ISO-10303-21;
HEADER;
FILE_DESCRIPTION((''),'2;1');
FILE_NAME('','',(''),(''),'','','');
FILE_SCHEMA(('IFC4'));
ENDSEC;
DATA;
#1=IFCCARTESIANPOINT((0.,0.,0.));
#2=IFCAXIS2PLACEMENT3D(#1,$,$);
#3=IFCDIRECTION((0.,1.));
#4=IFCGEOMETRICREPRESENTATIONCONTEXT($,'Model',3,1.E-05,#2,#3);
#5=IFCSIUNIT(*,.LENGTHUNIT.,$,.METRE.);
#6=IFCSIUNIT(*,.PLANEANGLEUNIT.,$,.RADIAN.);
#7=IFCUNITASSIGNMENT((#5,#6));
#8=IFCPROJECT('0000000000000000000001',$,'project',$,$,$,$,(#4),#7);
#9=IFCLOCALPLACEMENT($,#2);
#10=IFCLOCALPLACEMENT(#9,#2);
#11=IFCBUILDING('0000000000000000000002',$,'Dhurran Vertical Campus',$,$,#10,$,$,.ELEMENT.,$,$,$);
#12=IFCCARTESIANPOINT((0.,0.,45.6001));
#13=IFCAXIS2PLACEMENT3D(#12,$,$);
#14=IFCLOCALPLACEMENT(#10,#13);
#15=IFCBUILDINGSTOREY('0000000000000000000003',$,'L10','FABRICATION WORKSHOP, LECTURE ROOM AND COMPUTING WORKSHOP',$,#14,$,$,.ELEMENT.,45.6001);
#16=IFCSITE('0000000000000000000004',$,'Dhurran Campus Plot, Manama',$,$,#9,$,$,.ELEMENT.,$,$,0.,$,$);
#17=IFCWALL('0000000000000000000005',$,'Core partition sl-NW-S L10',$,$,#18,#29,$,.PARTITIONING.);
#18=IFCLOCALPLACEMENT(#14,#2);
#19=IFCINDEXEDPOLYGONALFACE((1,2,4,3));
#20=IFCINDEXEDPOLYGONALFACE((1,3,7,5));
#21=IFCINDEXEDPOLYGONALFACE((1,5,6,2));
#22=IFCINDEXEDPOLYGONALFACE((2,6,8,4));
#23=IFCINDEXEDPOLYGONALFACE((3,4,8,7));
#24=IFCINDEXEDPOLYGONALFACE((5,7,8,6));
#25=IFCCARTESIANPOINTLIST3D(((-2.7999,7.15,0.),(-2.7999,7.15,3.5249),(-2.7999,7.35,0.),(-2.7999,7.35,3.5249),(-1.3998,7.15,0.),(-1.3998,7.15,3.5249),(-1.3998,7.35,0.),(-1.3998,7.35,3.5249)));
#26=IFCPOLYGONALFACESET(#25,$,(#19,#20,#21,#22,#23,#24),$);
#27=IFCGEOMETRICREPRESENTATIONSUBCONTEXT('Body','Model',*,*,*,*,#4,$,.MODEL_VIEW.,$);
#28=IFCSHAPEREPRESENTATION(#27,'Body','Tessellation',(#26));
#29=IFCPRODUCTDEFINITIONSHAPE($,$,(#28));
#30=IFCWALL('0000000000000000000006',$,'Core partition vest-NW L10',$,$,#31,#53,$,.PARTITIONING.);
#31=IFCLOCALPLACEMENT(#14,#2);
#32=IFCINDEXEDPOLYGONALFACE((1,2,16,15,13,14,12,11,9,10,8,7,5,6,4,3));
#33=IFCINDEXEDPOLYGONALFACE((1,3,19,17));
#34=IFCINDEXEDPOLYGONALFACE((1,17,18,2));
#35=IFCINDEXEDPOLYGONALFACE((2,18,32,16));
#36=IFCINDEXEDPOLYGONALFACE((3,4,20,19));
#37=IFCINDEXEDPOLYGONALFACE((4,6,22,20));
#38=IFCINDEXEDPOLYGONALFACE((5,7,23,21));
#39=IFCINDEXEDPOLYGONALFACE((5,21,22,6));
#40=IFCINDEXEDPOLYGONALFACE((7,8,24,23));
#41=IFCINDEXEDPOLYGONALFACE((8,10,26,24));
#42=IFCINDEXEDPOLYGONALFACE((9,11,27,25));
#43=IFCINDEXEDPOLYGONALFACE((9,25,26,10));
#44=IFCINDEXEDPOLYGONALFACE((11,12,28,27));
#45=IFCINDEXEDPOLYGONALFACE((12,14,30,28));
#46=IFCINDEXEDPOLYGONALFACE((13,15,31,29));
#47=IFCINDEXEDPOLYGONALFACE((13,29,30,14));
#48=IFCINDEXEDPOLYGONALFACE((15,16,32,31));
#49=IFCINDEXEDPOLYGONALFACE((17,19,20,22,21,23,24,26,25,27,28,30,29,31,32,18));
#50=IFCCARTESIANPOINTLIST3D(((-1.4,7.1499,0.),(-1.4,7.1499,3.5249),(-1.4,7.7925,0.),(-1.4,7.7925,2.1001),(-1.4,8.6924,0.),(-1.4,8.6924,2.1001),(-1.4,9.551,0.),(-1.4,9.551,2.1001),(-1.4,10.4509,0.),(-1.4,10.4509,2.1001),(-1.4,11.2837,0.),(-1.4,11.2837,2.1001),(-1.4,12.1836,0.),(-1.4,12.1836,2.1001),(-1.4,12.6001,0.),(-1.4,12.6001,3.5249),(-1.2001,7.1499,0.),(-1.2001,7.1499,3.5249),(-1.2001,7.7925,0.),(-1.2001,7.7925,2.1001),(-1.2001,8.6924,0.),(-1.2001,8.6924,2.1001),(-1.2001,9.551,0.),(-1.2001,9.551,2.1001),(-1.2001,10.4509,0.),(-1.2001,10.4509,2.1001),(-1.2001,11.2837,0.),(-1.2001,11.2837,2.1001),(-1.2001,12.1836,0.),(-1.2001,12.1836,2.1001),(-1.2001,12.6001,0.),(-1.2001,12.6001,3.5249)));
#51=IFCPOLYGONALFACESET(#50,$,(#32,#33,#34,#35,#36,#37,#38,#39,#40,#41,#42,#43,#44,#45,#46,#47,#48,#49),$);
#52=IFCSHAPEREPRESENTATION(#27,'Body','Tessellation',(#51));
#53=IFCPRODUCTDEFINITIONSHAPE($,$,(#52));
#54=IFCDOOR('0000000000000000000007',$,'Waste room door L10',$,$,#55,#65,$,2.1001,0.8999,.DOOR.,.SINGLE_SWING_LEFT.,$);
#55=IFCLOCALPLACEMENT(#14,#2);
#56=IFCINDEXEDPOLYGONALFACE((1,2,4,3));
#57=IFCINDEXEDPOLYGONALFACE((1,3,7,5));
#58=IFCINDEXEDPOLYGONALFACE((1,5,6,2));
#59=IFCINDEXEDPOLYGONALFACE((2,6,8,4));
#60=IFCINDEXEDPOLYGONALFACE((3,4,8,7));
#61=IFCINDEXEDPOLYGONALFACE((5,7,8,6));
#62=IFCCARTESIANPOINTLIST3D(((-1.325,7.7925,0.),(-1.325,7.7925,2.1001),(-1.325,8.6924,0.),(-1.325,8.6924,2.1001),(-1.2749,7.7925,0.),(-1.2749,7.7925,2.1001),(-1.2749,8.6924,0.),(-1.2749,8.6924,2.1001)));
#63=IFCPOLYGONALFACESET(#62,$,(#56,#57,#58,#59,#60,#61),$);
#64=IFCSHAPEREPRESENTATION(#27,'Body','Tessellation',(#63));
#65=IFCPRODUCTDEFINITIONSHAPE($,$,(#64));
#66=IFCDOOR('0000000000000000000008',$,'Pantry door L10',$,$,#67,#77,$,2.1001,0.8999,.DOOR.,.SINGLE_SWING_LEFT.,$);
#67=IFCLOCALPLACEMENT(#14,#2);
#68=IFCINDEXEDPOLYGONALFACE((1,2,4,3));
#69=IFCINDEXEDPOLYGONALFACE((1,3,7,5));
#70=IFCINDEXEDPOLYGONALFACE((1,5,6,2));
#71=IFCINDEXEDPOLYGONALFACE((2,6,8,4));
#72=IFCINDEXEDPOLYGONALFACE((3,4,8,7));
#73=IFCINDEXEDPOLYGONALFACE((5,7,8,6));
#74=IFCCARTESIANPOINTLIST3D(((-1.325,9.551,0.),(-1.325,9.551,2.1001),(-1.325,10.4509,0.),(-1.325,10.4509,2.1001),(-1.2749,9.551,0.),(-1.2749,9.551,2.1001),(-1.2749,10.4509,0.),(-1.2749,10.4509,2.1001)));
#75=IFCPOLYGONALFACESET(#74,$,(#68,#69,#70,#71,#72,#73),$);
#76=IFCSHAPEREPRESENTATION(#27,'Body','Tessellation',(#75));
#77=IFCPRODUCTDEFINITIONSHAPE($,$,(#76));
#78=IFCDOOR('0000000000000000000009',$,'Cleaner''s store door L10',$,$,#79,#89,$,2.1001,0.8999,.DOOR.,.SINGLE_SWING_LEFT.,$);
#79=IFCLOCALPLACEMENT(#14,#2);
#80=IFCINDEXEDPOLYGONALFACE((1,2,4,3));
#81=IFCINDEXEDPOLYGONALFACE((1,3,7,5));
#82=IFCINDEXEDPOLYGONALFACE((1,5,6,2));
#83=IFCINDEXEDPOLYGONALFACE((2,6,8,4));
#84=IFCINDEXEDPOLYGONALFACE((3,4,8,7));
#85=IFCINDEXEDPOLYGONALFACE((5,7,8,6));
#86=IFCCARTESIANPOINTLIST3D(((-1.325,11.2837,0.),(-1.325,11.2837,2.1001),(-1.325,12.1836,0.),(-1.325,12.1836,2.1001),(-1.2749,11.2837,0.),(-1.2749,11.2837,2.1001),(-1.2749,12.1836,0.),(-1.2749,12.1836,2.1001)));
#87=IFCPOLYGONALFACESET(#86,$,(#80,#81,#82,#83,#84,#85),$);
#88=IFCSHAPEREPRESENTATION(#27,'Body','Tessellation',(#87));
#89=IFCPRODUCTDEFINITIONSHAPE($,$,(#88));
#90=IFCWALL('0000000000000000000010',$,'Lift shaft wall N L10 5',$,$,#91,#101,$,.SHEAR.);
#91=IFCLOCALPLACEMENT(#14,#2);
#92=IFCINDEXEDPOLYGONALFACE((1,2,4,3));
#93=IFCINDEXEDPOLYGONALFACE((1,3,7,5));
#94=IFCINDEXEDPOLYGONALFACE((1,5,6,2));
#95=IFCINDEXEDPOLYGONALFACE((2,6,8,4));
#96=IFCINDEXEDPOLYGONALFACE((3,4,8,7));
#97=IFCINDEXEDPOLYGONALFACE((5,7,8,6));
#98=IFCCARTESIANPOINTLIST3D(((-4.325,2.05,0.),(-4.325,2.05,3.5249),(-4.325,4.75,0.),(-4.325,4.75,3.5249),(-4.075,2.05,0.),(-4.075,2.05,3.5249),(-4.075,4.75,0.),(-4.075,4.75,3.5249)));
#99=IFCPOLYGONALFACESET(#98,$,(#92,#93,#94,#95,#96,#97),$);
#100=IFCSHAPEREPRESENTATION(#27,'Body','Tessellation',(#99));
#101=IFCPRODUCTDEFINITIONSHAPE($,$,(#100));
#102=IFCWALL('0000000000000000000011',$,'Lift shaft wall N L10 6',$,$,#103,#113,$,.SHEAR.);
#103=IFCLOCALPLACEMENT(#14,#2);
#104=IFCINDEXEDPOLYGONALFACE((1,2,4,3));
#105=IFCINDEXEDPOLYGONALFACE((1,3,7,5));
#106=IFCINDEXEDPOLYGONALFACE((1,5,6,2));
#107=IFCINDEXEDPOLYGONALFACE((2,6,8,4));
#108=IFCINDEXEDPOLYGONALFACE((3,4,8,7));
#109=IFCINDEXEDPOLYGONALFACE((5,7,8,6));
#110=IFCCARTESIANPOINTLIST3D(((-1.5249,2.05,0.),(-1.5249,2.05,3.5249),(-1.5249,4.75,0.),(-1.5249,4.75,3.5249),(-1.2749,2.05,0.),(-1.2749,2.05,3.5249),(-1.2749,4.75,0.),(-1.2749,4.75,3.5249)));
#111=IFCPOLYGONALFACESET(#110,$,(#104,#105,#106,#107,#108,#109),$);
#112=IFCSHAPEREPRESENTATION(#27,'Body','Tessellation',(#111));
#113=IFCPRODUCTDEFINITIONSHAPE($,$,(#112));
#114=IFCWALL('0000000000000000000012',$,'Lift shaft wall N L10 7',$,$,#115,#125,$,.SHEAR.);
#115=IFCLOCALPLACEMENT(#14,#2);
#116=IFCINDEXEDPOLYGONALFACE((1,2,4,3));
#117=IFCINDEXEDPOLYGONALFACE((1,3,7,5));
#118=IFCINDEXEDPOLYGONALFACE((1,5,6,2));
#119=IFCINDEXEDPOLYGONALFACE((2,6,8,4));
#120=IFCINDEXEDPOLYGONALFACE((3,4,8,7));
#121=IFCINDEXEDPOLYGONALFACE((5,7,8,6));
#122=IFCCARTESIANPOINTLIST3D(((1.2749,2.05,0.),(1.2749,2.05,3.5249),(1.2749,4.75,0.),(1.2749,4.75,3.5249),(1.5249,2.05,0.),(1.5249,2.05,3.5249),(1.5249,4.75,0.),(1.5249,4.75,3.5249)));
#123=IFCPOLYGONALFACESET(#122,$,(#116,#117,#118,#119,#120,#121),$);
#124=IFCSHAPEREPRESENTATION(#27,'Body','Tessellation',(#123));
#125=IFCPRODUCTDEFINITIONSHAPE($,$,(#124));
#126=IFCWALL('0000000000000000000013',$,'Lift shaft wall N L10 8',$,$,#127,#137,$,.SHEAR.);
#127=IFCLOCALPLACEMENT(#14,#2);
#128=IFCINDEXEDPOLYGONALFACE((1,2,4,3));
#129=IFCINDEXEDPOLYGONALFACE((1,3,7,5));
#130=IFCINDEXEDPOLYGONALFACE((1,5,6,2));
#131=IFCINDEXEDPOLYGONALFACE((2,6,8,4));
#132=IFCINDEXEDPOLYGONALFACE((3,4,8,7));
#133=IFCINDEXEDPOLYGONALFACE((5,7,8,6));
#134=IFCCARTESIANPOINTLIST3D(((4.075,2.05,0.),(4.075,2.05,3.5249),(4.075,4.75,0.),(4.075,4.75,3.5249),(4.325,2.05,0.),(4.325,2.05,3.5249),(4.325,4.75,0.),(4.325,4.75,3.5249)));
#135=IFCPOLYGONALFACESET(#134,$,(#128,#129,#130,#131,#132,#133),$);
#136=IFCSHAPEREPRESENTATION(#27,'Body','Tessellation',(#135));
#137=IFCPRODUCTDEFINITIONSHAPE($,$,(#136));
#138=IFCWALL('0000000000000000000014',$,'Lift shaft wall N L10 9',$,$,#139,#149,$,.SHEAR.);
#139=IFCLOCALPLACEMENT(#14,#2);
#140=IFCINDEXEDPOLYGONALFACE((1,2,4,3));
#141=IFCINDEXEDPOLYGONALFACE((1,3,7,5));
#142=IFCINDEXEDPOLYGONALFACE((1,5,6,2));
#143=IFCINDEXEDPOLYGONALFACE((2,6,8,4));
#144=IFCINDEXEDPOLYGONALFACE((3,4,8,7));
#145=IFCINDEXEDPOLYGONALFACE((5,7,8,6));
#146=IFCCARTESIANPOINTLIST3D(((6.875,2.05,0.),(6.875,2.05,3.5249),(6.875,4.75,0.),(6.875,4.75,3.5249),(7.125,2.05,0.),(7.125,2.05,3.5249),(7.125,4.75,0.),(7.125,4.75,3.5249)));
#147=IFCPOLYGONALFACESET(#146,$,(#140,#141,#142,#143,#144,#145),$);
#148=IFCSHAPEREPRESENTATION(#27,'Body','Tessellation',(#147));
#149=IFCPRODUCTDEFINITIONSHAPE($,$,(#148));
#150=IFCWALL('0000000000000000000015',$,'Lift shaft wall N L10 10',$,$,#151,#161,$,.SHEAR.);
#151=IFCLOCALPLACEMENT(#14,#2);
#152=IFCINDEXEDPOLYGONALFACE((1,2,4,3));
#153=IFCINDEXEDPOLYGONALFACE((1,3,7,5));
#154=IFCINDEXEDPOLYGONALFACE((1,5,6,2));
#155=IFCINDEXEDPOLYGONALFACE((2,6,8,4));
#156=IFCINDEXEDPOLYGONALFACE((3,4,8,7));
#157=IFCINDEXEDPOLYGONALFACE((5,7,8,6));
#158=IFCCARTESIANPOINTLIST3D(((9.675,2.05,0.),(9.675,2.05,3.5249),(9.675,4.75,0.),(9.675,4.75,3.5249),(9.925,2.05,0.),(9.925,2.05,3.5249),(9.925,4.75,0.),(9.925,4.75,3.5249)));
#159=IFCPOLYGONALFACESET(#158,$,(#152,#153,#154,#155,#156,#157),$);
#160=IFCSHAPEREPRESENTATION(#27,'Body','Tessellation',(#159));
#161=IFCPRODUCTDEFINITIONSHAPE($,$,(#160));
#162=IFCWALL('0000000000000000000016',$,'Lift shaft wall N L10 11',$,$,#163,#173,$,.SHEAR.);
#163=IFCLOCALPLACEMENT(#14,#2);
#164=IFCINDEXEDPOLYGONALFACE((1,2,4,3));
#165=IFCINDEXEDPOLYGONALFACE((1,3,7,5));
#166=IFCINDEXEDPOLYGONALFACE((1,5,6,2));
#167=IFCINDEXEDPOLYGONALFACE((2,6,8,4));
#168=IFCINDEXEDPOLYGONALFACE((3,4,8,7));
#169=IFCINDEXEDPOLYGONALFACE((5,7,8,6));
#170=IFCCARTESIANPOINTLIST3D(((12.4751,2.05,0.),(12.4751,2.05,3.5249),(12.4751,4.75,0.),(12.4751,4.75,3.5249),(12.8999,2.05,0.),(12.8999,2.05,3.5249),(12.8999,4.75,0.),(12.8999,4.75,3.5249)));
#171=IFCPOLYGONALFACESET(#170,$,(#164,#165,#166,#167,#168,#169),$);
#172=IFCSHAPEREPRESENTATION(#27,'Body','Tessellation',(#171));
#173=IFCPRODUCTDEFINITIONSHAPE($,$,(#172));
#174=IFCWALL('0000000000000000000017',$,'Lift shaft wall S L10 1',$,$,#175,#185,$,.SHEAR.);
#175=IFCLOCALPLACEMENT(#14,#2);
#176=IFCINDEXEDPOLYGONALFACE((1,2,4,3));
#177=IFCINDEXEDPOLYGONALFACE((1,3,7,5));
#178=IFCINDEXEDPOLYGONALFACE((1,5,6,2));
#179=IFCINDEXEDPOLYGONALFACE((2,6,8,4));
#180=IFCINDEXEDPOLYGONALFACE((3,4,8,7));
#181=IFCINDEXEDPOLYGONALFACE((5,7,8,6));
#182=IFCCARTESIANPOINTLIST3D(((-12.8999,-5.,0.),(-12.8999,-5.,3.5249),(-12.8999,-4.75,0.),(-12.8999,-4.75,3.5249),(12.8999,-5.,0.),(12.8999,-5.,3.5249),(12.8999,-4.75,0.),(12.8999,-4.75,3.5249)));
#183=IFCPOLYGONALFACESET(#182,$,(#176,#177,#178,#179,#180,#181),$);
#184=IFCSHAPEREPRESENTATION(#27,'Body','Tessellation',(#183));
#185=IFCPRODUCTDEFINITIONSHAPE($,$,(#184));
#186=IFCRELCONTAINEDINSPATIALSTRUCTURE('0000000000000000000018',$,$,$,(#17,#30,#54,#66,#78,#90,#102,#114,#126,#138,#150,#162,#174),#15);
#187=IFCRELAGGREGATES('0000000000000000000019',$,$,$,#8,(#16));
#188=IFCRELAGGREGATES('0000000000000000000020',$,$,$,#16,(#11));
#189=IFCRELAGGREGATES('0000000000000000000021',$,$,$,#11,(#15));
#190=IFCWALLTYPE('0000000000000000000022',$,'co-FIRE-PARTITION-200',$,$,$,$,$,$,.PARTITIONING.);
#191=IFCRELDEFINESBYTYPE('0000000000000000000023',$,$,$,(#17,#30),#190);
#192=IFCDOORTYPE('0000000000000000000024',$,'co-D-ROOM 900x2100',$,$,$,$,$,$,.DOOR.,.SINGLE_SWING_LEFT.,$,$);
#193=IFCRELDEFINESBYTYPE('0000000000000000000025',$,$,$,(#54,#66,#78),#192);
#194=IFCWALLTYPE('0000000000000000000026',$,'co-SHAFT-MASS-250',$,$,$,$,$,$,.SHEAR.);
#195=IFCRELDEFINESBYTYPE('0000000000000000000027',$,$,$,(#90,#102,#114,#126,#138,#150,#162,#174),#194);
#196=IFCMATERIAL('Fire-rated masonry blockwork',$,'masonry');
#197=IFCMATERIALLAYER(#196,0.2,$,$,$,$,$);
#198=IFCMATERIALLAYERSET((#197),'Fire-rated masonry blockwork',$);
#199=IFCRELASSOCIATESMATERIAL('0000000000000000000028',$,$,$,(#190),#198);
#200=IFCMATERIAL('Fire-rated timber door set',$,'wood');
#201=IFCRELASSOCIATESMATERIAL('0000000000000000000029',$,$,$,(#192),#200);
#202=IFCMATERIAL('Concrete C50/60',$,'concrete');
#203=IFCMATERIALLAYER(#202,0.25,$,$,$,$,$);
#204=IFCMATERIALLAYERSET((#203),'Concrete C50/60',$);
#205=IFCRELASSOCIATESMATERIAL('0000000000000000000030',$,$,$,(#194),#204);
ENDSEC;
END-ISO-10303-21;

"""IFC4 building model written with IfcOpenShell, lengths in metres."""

from ifc_helpers import new_model, si_unit, direction, frame, frame_2d, origin, place, context, subcontext, project, spatial, polyline, rectangle, outline, extrude, material, layer, layer_set, type_object, element, fill, save


model = new_model("IFC4")

# Units and contexts
model_context = context("Model", 3, precision=1e-05, world=origin(), true_north=direction((0.0, 1.0)))
body_context = subcontext(model_context, "Body", "Model", "MODEL_VIEW")
ifc_project = project(units=[si_unit("LENGTHUNIT", "METRE"), si_unit("PLANEANGLEUNIT", "RADIAN")], contexts=[model_context])

# Site, building, storey
site_placement = place(None, origin())
site = spatial("IfcSite", under=ifc_project, at=site_placement, Name="Dhurran Campus Plot, Manama", CompositionType="ELEMENT", RefElevation=0.0)
building_placement = place(site_placement, origin())
building = spatial("IfcBuilding", under=site, at=building_placement, Name="Dhurran Vertical Campus", CompositionType="ELEMENT")
storey_placement = place(building_placement, frame((0.0, 0.0, 45.6001)))
storey = spatial("IfcBuildingStorey", under=building, at=storey_placement, Name="L10", Description="FABRICATION WORKSHOP, LECTURE ROOM AND COMPUTING WORKSHOP", CompositionType="ELEMENT", Elevation=45.6001)

# Wall
ifc_material_1 = material(Name="Fire-rated masonry blockwork", Category="masonry")
ifc_layer_1 = layer(ifc_material_1, 0.2)
ifc_layer_set_1 = layer_set([ifc_layer_1], Name="Fire-rated masonry blockwork")
wall_type_1 = type_object("IfcWallType", Name="co-FIRE-PARTITION-200", PredefinedType="PARTITIONING", material=ifc_layer_set_1)
wall_1_placement = place(storey_placement, frame((-2.8, 7.25, 0.0), z_axis=(0.0, 0.0, 1.0), x_axis=(1.0, 0.0, 0.0)))
element("IfcWall", 1, at=wall_1_placement, inside=storey, type_object=wall_type_1, Name="Core partition sl-NW-S L10", PredefinedType="PARTITIONING", context=body_context, shape_type="SweptSolid", body=[
    extrude(rectangle(XDim=1.4001, YDim=0.2, at=frame_2d((0.7002, 0.0))), origin(), (0.0, 0.0, 1.0), 3.5249),
])

# Wall, openings, doors
wall_2_placement = place(storey_placement, frame((-1.3, 7.1499, 0.0), z_axis=(0.0, 0.0, 1.0), x_axis=(0.0, 1.0, 0.0)))
wall_2 = element("IfcWall", 2, at=wall_2_placement, inside=storey, type_object=wall_type_1, Name="Core partition vest-NW L10", PredefinedType="PARTITIONING", context=body_context, shape_type="SweptSolid", body=[
    extrude(rectangle(XDim=5.4502, YDim=0.2, at=frame_2d((2.7251, 0.0))), origin(), (0.0, 0.0, 1.0), 3.5249),
])
opening_1_placement = place(wall_2_placement, frame((0.6426, 0.0, 0.0)))
opening_1 = element("IfcOpeningElement", 3, at=opening_1_placement, cuts=wall_2, PredefinedType="OPENING", context=body_context, shape_type="SweptSolid", body=[
    extrude(rectangle(XDim=0.8999, YDim=2.1001, at=frame_2d((0.45, 1.05))), frame((0.0, 0.1099, 0.0), z_axis=(0.0, -1.0, 0.0), x_axis=(1.0, 0.0, 0.0)), (0.0, 0.0, 1.0), 0.22),
])
opening_2_placement = place(wall_2_placement, frame((2.4011, 0.0, 0.0)))
opening_2 = element("IfcOpeningElement", 4, at=opening_2_placement, cuts=wall_2, PredefinedType="OPENING", context=body_context, shape_type="SweptSolid", body=[
    extrude(rectangle(XDim=0.8999, YDim=2.1001, at=frame_2d((0.45, 1.05))), frame((0.0, 0.1099, 0.0), z_axis=(0.0, -1.0, 0.0), x_axis=(1.0, 0.0, 0.0)), (0.0, 0.0, 1.0), 0.22),
])
opening_3_placement = place(wall_2_placement, frame((4.1338, 0.0, 0.0)))
opening_3 = element("IfcOpeningElement", 5, at=opening_3_placement, cuts=wall_2, PredefinedType="OPENING", context=body_context, shape_type="SweptSolid", body=[
    extrude(rectangle(XDim=0.8999, YDim=2.1001, at=frame_2d((0.45, 1.05))), frame((0.0, 0.1099, 0.0), z_axis=(0.0, -1.0, 0.0), x_axis=(1.0, 0.0, 0.0)), (0.0, 0.0, 1.0), 0.22),
])
ifc_material_2 = material(Name="Fire-rated timber door set", Category="wood")
door_type_1 = type_object("IfcDoorType", Name="co-D-ROOM 900x2100", OperationType="SINGLE_SWING_LEFT", PredefinedType="DOOR", material=ifc_material_2)
door_1_placement = place(opening_1_placement, origin())
door_1 = element("IfcDoor", 6, at=door_1_placement, inside=storey, type_object=door_type_1, Name="Waste room door L10", OperationType="SINGLE_SWING_LEFT", OverallHeight=2.1001, OverallWidth=0.8999, PredefinedType="DOOR", context=body_context, shape_type="SweptSolid", body=[
    extrude(rectangle(XDim=0.8999, YDim=2.1001, at=frame_2d((0.45, 1.05))), frame((0.0, 0.0249, 0.0), z_axis=(0.0, -1.0, 0.0), x_axis=(1.0, 0.0, 0.0)), (0.0, 0.0, 1.0), 0.05),
])
fill(opening_1, door_1)
door_2_placement = place(opening_2_placement, origin())
door_2 = element("IfcDoor", 7, at=door_2_placement, inside=storey, type_object=door_type_1, Name="Pantry door L10", OperationType="SINGLE_SWING_LEFT", OverallHeight=2.1001, OverallWidth=0.8999, PredefinedType="DOOR", context=body_context, shape_type="SweptSolid", body=[
    extrude(rectangle(XDim=0.8999, YDim=2.1001, at=frame_2d((0.45, 1.05))), frame((0.0, 0.0249, 0.0), z_axis=(0.0, -1.0, 0.0), x_axis=(1.0, 0.0, 0.0)), (0.0, 0.0, 1.0), 0.05),
])
fill(opening_2, door_2)
door_3_placement = place(opening_3_placement, origin())
door_3 = element("IfcDoor", 8, at=door_3_placement, inside=storey, type_object=door_type_1, Name="Cleaner's store door L10", OperationType="SINGLE_SWING_LEFT", OverallHeight=2.1001, OverallWidth=0.8999, PredefinedType="DOOR", context=body_context, shape_type="SweptSolid", body=[
    extrude(rectangle(XDim=0.8999, YDim=2.1001, at=frame_2d((0.45, 1.05))), frame((0.0, 0.0249, 0.0), z_axis=(0.0, -1.0, 0.0), x_axis=(1.0, 0.0, 0.0)), (0.0, 0.0, 1.0), 0.05),
])
fill(opening_3, door_3)

# Walls
ifc_material_3 = material(Name="Concrete C50/60", Category="concrete")
ifc_layer_2 = layer(ifc_material_3, 0.25)
ifc_layer_set_2 = layer_set([ifc_layer_2], Name="Concrete C50/60")
wall_type_2 = type_object("IfcWallType", Name="co-SHAFT-MASS-250", PredefinedType="SHEAR", material=ifc_layer_set_2)
wall_3_placement = place(storey_placement, origin())
element("IfcWall", 9, at=wall_3_placement, inside=storey, type_object=wall_type_2, Name="Lift shaft wall N L10 5", PredefinedType="SHEAR", context=body_context, shape_type="SweptSolid", body=[
    extrude(outline(polyline([(-4.325, 2.05), (-4.075, 2.05), (-4.075, 4.75), (-4.325, 4.75), (-4.325, 2.05)])), origin(), (0.0, 0.0, 1.0), 3.5249),
])
wall_4_placement = place(storey_placement, origin())
element("IfcWall", 10, at=wall_4_placement, inside=storey, type_object=wall_type_2, Name="Lift shaft wall N L10 6", PredefinedType="SHEAR", context=body_context, shape_type="SweptSolid", body=[
    extrude(outline(polyline([(-1.5249, 2.05), (-1.2749, 2.05), (-1.2749, 4.75), (-1.5249, 4.75), (-1.5249, 2.05)])), origin(), (0.0, 0.0, 1.0), 3.5249),
])
wall_5_placement = place(storey_placement, origin())
element("IfcWall", 11, at=wall_5_placement, inside=storey, type_object=wall_type_2, Name="Lift shaft wall N L10 7", PredefinedType="SHEAR", context=body_context, shape_type="SweptSolid", body=[
    extrude(outline(polyline([(1.2749, 2.05), (1.5249, 2.05), (1.5249, 4.75), (1.2749, 4.75), (1.2749, 2.05)])), origin(), (0.0, 0.0, 1.0), 3.5249),
])
wall_6_placement = place(storey_placement, origin())
element("IfcWall", 12, at=wall_6_placement, inside=storey, type_object=wall_type_2, Name="Lift shaft wall N L10 8", PredefinedType="SHEAR", context=body_context, shape_type="SweptSolid", body=[
    extrude(outline(polyline([(4.075, 2.05), (4.325, 2.05), (4.325, 4.75), (4.075, 4.75), (4.075, 2.05)])), origin(), (0.0, 0.0, 1.0), 3.5249),
])
wall_7_placement = place(storey_placement, origin())
element("IfcWall", 13, at=wall_7_placement, inside=storey, type_object=wall_type_2, Name="Lift shaft wall N L10 9", PredefinedType="SHEAR", context=body_context, shape_type="SweptSolid", body=[
    extrude(outline(polyline([(6.875, 2.05), (7.125, 2.05), (7.125, 4.75), (6.875, 4.75), (6.875, 2.05)])), origin(), (0.0, 0.0, 1.0), 3.5249),
])
wall_8_placement = place(storey_placement, origin())
element("IfcWall", 14, at=wall_8_placement, inside=storey, type_object=wall_type_2, Name="Lift shaft wall N L10 10", PredefinedType="SHEAR", context=body_context, shape_type="SweptSolid", body=[
    extrude(outline(polyline([(9.675, 2.05), (9.925, 2.05), (9.925, 4.75), (9.675, 4.75), (9.675, 2.05)])), origin(), (0.0, 0.0, 1.0), 3.5249),
])
wall_9_placement = place(storey_placement, origin())
element("IfcWall", 15, at=wall_9_placement, inside=storey, type_object=wall_type_2, Name="Lift shaft wall N L10 11", PredefinedType="SHEAR", context=body_context, shape_type="SweptSolid", body=[
    extrude(outline(polyline([(12.4751, 2.05), (12.8999, 2.05), (12.8999, 4.75), (12.4751, 4.75), (12.4751, 2.05)])), origin(), (0.0, 0.0, 1.0), 3.5249),
])
wall_10_placement = place(storey_placement, origin())
element("IfcWall", 16, at=wall_10_placement, inside=storey, type_object=wall_type_2, Name="Lift shaft wall S L10 1", PredefinedType="SHEAR", context=body_context, shape_type="SweptSolid", body=[
    extrude(outline(polyline([(-12.8999, -5.0), (12.8999, -5.0), (12.8999, -4.75), (-12.8999, -4.75), (-12.8999, -5.0)])), origin(), (0.0, 0.0, 1.0), 3.5249),
])

save(model, "model.ifc")
